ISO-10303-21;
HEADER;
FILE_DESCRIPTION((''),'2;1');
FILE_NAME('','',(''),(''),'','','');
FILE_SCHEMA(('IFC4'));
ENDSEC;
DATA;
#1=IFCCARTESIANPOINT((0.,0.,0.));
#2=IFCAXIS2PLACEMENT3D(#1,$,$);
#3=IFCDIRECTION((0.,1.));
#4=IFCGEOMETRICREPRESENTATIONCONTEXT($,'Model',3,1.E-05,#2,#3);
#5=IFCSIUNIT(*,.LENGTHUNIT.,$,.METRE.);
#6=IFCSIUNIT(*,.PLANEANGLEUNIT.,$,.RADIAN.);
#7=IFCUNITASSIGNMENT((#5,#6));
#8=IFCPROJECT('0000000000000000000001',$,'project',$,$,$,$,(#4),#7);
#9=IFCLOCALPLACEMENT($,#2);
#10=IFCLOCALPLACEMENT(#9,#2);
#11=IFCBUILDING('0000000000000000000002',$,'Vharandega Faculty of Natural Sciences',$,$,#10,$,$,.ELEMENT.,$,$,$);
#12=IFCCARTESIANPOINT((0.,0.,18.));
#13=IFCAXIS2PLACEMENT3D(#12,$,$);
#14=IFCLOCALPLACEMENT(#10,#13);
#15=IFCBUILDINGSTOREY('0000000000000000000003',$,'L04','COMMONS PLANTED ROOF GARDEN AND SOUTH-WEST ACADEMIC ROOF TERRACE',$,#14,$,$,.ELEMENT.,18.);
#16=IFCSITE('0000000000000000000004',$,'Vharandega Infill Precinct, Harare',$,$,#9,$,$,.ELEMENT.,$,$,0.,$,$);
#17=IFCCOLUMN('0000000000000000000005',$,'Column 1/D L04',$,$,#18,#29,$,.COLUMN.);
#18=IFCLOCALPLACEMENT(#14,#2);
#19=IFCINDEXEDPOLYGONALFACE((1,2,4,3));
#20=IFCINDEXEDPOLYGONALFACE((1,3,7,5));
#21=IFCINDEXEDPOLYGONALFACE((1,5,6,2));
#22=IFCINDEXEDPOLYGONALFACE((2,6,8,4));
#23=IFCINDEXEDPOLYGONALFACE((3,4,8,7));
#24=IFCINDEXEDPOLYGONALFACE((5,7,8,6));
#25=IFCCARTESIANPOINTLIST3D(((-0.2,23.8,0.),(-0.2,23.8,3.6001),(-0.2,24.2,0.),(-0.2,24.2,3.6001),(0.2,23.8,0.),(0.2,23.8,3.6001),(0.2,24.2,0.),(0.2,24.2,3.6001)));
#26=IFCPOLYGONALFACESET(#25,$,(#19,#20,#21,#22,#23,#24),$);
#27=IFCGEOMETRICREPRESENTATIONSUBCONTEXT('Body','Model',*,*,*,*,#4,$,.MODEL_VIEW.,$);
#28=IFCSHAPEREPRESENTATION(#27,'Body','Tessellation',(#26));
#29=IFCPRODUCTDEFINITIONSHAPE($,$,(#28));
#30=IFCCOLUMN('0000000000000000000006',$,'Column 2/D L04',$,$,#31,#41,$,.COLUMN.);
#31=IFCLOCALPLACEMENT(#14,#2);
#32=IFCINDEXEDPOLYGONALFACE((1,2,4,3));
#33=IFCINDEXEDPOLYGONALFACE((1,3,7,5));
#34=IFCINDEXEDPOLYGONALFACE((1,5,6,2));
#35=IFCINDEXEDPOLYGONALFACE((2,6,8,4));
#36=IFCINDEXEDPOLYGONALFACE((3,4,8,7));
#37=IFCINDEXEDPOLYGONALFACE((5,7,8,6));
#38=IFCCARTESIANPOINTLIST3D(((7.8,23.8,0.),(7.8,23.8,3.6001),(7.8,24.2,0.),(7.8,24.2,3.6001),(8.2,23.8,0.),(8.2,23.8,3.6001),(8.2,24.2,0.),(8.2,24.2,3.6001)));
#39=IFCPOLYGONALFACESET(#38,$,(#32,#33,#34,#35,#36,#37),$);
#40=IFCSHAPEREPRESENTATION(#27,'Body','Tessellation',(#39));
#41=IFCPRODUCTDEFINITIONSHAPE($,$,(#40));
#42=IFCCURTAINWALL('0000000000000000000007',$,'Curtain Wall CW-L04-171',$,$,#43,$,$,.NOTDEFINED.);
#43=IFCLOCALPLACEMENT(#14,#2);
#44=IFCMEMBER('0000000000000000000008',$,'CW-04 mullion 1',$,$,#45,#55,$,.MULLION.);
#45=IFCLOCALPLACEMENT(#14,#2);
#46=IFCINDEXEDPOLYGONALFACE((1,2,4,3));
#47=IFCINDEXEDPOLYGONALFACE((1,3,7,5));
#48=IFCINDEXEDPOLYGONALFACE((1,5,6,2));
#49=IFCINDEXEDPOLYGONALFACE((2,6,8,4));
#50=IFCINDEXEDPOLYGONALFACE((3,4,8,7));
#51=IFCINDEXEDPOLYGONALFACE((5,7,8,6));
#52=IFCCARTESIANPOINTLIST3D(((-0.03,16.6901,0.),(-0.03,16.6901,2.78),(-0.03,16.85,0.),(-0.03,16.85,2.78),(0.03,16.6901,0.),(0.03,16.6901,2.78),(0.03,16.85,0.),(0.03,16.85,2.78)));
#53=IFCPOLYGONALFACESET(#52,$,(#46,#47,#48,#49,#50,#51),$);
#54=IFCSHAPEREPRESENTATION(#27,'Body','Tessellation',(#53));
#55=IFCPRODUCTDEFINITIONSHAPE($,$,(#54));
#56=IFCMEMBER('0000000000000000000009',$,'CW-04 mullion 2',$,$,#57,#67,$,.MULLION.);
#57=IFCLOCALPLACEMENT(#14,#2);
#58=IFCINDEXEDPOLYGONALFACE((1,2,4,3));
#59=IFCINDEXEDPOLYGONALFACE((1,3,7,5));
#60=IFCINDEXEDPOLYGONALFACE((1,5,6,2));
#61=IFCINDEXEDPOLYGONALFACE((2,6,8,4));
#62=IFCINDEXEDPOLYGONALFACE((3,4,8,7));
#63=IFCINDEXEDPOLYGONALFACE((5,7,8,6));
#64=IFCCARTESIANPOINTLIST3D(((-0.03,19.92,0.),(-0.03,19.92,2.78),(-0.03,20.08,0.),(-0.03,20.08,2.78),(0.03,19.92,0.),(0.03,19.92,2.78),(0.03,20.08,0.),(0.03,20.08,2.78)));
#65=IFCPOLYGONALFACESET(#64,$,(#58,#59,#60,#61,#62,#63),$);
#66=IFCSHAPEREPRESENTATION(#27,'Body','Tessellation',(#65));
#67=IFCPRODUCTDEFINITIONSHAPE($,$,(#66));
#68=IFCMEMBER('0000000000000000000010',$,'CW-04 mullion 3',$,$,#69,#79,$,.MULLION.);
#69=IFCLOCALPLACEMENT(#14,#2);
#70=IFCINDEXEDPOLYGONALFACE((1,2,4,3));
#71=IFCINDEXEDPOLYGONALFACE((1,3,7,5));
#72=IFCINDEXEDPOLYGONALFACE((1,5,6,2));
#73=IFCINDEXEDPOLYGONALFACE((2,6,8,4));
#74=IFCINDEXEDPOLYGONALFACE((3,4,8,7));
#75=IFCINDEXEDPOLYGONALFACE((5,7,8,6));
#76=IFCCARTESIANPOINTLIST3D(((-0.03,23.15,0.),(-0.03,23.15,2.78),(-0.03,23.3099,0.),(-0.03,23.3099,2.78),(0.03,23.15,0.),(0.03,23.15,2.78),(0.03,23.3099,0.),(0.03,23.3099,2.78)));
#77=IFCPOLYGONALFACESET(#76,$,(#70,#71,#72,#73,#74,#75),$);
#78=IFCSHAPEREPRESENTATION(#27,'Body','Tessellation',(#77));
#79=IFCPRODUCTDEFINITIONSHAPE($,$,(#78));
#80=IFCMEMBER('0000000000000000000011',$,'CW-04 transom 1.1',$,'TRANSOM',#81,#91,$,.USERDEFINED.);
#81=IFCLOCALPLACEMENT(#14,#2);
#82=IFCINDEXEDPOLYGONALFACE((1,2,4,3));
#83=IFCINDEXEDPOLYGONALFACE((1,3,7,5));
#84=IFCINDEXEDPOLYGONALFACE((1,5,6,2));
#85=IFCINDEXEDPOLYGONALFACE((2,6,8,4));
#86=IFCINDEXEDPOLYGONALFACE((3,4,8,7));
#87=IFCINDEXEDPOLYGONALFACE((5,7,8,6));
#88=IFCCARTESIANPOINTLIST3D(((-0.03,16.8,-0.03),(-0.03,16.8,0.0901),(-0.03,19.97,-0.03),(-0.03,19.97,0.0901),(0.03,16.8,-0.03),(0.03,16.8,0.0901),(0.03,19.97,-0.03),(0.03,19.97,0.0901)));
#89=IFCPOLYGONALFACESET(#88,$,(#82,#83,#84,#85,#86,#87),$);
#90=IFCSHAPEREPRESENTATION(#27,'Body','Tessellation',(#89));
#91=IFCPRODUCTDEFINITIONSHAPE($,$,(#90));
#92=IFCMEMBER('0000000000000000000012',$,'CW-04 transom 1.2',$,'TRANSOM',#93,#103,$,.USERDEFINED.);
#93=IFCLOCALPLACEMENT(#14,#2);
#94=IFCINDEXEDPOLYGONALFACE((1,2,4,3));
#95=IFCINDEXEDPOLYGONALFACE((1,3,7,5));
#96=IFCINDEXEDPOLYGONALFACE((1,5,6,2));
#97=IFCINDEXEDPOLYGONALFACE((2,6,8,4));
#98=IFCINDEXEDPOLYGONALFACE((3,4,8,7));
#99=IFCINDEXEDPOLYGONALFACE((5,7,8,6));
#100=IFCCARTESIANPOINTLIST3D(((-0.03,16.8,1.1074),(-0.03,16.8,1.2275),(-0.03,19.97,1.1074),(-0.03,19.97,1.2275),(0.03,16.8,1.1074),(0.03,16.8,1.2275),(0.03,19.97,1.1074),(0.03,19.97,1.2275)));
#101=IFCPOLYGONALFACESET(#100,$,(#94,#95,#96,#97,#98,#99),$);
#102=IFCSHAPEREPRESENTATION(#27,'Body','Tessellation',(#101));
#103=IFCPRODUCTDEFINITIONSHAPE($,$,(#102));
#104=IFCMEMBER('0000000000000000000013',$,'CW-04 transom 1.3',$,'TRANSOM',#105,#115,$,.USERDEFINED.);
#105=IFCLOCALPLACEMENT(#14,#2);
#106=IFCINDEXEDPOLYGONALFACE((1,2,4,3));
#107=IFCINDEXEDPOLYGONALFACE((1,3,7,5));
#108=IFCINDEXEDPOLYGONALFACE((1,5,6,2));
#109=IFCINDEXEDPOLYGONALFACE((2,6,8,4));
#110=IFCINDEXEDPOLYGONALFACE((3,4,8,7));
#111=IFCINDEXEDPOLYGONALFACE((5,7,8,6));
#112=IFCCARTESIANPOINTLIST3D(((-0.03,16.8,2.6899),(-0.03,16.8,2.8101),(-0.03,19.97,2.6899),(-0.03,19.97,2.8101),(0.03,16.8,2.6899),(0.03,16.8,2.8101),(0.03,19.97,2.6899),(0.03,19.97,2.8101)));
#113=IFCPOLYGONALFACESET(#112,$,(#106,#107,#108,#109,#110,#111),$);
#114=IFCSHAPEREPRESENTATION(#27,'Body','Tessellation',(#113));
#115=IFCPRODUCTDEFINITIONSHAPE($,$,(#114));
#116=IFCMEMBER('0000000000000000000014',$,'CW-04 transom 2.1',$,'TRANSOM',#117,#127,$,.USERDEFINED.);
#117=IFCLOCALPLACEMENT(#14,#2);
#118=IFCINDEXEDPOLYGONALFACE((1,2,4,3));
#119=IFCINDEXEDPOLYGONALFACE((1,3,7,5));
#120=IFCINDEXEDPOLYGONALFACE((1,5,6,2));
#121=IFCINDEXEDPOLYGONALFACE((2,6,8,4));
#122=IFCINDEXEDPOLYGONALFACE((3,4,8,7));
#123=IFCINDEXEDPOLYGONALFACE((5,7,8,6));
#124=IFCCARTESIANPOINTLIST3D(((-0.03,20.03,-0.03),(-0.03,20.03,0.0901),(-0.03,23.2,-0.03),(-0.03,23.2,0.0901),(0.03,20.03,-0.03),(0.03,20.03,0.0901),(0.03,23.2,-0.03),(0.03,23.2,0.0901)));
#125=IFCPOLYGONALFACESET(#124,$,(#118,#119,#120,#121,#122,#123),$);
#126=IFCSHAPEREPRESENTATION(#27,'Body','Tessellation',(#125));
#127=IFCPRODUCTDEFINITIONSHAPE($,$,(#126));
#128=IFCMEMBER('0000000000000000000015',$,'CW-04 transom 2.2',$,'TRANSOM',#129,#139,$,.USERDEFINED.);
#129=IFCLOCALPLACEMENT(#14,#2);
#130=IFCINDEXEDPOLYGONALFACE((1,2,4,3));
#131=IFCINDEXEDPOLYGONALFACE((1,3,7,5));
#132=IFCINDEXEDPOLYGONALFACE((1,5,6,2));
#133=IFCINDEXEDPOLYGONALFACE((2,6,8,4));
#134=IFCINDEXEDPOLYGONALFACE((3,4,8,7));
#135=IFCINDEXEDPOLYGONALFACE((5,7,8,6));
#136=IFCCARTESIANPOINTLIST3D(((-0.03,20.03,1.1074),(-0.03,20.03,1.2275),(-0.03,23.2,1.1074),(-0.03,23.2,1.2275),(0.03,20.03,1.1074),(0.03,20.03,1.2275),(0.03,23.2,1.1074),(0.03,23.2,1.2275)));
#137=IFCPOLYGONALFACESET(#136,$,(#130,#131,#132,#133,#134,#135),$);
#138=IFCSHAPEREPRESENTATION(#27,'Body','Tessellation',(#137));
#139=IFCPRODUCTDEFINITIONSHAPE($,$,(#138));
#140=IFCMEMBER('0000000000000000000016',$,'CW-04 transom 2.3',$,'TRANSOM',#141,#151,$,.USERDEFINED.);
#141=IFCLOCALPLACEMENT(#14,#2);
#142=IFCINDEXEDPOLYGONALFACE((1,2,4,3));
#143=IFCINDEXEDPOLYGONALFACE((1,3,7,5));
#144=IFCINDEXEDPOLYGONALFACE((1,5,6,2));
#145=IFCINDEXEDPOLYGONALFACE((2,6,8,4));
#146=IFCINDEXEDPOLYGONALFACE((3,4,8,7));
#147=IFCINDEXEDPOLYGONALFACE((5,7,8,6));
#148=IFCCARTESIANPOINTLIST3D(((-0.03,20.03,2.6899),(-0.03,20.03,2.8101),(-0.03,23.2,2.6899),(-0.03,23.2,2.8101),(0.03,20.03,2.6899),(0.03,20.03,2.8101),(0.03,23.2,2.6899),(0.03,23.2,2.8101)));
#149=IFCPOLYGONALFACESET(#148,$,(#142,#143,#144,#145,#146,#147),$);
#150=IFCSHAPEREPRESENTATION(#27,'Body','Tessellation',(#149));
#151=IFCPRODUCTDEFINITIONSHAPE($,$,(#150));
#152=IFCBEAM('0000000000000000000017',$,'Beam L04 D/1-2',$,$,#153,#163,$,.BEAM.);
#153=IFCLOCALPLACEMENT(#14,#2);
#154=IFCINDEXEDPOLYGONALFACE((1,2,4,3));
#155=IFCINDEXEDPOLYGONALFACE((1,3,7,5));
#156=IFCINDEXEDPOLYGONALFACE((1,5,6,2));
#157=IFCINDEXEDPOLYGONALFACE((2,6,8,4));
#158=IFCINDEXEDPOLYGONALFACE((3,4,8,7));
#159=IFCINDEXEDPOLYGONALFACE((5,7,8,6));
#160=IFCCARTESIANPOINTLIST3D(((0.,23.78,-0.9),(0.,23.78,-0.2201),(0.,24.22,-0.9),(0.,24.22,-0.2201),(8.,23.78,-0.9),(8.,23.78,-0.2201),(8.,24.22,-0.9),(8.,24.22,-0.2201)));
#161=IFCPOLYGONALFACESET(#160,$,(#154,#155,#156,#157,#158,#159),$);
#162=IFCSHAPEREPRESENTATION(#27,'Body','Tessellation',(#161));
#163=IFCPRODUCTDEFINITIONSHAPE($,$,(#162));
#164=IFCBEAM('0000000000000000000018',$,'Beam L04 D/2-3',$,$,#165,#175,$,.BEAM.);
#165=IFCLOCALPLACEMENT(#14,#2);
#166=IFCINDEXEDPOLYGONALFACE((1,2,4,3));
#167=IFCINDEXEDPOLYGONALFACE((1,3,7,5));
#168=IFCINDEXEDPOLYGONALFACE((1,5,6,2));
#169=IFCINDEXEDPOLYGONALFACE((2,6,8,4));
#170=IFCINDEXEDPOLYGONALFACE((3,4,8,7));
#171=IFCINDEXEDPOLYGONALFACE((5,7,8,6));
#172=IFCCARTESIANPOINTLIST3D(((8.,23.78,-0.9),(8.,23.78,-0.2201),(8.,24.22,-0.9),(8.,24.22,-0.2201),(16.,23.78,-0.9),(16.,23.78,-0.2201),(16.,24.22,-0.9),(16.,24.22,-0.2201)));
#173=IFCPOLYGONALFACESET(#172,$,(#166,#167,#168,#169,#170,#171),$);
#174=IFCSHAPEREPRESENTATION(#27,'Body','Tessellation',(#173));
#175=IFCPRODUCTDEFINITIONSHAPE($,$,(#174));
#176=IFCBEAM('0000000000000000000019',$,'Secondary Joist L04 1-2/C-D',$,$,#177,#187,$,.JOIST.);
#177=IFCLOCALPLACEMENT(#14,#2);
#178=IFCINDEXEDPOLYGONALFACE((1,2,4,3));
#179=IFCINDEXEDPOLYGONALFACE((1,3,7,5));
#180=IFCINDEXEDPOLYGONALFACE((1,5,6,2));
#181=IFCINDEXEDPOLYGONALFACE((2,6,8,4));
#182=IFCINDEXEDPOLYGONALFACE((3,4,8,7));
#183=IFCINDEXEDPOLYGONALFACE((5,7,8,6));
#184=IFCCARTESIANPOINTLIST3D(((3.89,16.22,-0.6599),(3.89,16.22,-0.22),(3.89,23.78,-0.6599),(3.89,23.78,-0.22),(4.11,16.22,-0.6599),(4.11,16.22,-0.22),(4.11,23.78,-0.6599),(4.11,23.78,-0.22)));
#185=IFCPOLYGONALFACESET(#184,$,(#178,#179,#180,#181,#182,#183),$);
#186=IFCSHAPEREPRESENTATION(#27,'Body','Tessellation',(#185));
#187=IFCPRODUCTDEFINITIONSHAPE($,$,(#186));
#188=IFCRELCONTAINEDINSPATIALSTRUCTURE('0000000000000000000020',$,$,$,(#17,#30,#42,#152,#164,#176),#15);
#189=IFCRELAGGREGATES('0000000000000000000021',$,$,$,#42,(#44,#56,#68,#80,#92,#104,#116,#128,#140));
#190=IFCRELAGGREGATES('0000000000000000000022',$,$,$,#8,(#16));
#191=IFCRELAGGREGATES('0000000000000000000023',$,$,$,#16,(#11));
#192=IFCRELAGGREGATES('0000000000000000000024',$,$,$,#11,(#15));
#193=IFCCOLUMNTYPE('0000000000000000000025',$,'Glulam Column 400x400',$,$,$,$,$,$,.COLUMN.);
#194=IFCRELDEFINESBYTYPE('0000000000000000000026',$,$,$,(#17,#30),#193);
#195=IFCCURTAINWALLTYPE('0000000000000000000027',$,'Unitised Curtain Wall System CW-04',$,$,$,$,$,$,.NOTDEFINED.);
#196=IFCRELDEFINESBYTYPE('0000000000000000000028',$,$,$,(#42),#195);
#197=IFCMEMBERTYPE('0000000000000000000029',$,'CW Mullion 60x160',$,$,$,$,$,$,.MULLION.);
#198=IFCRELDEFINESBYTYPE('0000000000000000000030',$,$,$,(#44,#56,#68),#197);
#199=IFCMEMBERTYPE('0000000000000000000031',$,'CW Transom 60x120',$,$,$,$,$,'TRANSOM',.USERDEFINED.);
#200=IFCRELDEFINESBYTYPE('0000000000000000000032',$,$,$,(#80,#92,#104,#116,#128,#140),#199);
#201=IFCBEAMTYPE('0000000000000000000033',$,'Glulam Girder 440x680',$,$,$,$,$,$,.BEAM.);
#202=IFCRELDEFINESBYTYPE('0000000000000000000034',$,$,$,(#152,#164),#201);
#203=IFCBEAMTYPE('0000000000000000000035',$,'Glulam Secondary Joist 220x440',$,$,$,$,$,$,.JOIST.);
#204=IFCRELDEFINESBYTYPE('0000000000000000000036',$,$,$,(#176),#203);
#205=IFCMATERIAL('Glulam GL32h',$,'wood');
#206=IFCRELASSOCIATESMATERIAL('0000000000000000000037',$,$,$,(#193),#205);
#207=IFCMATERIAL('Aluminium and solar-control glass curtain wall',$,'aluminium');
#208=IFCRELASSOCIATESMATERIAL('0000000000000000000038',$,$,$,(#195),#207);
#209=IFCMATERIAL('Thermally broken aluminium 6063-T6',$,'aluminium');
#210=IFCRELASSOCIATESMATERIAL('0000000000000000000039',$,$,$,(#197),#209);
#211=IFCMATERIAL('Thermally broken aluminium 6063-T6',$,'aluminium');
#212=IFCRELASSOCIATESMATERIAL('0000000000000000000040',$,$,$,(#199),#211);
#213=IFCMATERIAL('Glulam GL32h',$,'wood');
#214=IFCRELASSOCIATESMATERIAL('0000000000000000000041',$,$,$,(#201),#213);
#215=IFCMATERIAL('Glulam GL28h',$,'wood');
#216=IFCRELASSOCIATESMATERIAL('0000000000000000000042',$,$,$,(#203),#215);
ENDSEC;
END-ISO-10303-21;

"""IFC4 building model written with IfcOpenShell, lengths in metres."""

from ifc_helpers import new_model, si_unit, direction, frame, origin, origin_2d, place, context, subcontext, project, spatial, rectangle, extrude, material, material_profile, profile_set, type_object, element, aggregate, save


model = new_model("IFC4")

# Units and contexts
model_context = context("Model", 3, precision=1e-05, world=origin(), true_north=direction((0.0, 1.0)))
body_context = subcontext(model_context, "Body", "Model", "MODEL_VIEW")
ifc_project = project(units=[si_unit("LENGTHUNIT", "METRE"), si_unit("PLANEANGLEUNIT", "RADIAN")], contexts=[model_context])

# Site, building, storey
site_placement = place(None, origin())
site = spatial("IfcSite", under=ifc_project, at=site_placement, Name="Vharandega Infill Precinct, Harare", CompositionType="ELEMENT", RefElevation=0.0)
building_placement = place(site_placement, origin())
building = spatial("IfcBuilding", under=site, at=building_placement, Name="Vharandega Faculty of Natural Sciences", CompositionType="ELEMENT")
storey_placement = place(building_placement, frame((0.0, 0.0, 18.0)))
storey = spatial("IfcBuildingStorey", under=building, at=storey_placement, Name="L04", Description="COMMONS PLANTED ROOF GARDEN AND SOUTH-WEST ACADEMIC ROOF TERRACE", CompositionType="ELEMENT", Elevation=18.0)

# Columns
ifc_material_1 = material(Name="Glulam GL32h", Category="wood")
ifc_material_profile_1 = material_profile(ifc_material_1, rectangle(XDim=0.3999, YDim=0.3999, at=origin_2d()), Name="GL32h 400x400")
ifc_profile_set_1 = profile_set([ifc_material_profile_1], Name="Glulam GL32h")
column_type = type_object("IfcColumnType", Name="Glulam Column 400x400", PredefinedType="COLUMN", material=ifc_profile_set_1)
for number, where, z_axis, x_axis, name in (
    (1, (0.0, 24.0, 0.0), (0.0, 0.0, 1.0), (1.0, 0.0, 0.0), "Column 1/D L04"),
    (2, (8.0, 24.0, 0.0), (0.0, 0.0, 1.0), (1.0, 0.0, 0.0), "Column 2/D L04"),
):
    element("IfcColumn", number, at=place(storey_placement, frame(where, z_axis=z_axis, x_axis=x_axis)), inside=storey, type_object=column_type, Name=name, PredefinedType="COLUMN", context=body_context, shape_type="SweptSolid", body=[
        extrude(rectangle(XDim=0.3999, YDim=0.3999, at=origin_2d()), origin(), (0.0, 0.0, 1.0), 3.6001),
    ])

# Curtain wall, members
ifc_material_2 = material(Name="Aluminium and solar-control glass curtain wall", Category="aluminium")
curtain_wall_type = type_object("IfcCurtainWallType", Name="Unitised Curtain Wall System CW-04", PredefinedType="NOTDEFINED", material=ifc_material_2)
curtain_wall_placement = place(storey_placement, origin())
curtain_wall = element("IfcCurtainWall", 3, at=curtain_wall_placement, inside=storey, type_object=curtain_wall_type, Name="Curtain Wall CW-L04-171", PredefinedType="NOTDEFINED")
ifc_material_3 = material(Name="Thermally broken aluminium 6063-T6", Category="aluminium")
ifc_material_profile_2 = material_profile(ifc_material_3, rectangle(XDim=0.0601, YDim=0.1599, at=origin_2d()), Name="ALU 60x160")
ifc_profile_set_2 = profile_set([ifc_material_profile_2], Name="Thermally broken aluminium 6063-T6")
member_type_1 = type_object("IfcMemberType", Name="CW Mullion 60x160", PredefinedType="MULLION", material=ifc_profile_set_2)
member_1_placement = place(storey_placement, frame((0.0, 16.77, 0.0), z_axis=(0.0, 0.0, 1.0), x_axis=(-1.0, 0.0, 0.0)))
member_1 = element("IfcMember", 4, at=member_1_placement, type_object=member_type_1, Name="CW-04 mullion 1", PredefinedType="MULLION", context=body_context, shape_type="SweptSolid", body=[
    extrude(rectangle(XDim=0.0601, YDim=0.1599, at=origin_2d()), origin(), (0.0, 0.0, 1.0), 2.78),
])
member_2_placement = place(storey_placement, frame((0.0, 20.0, 0.0), z_axis=(0.0, 0.0, 1.0), x_axis=(-1.0, 0.0, 0.0)))
member_2 = element("IfcMember", 5, at=member_2_placement, type_object=member_type_1, Name="CW-04 mullion 2", PredefinedType="MULLION", context=body_context, shape_type="SweptSolid", body=[
    extrude(rectangle(XDim=0.0601, YDim=0.1599, at=origin_2d()), origin(), (0.0, 0.0, 1.0), 2.78),
])
member_3_placement = place(storey_placement, frame((0.0, 23.23, 0.0), z_axis=(0.0, 0.0, 1.0), x_axis=(-1.0, 0.0, 0.0)))
member_3 = element("IfcMember", 6, at=member_3_placement, type_object=member_type_1, Name="CW-04 mullion 3", PredefinedType="MULLION", context=body_context, shape_type="SweptSolid", body=[
    extrude(rectangle(XDim=0.0601, YDim=0.1599, at=origin_2d()), origin(), (0.0, 0.0, 1.0), 2.78),
])
ifc_material_4 = material(Name="Thermally broken aluminium 6063-T6", Category="aluminium")
ifc_material_profile_3 = material_profile(ifc_material_4, rectangle(XDim=0.0601, YDim=0.1201, at=origin_2d()), Name="ALU 60x120")
ifc_profile_set_3 = profile_set([ifc_material_profile_3], Name="Thermally broken aluminium 6063-T6")
member_type_2 = type_object("IfcMemberType", Name="CW Transom 60x120", ElementType="TRANSOM", PredefinedType="USERDEFINED", material=ifc_profile_set_3)
member_4_placement = place(storey_placement, frame((0.0, 16.8, 0.03), z_axis=(0.0, 1.0, 0.0), x_axis=(-1.0, 0.0, 0.0)))
member_4 = element("IfcMember", 7, at=member_4_placement, type_object=member_type_2, Name="CW-04 transom 1.1", ObjectType="TRANSOM", PredefinedType="USERDEFINED", context=body_context, shape_type="SweptSolid", body=[
    extrude(rectangle(XDim=0.0601, YDim=0.1201, at=origin_2d()), origin(), (0.0, 0.0, 1.0), 3.1699),
])
member_5_placement = place(storey_placement, frame((0.0, 16.8, 1.1675), z_axis=(0.0, 1.0, 0.0), x_axis=(-1.0, 0.0, 0.0)))
member_5 = element("IfcMember", 8, at=member_5_placement, type_object=member_type_2, Name="CW-04 transom 1.2", ObjectType="TRANSOM", PredefinedType="USERDEFINED", context=body_context, shape_type="SweptSolid", body=[
    extrude(rectangle(XDim=0.0601, YDim=0.1201, at=origin_2d()), origin(), (0.0, 0.0, 1.0), 3.1699),
])
member_6_placement = place(storey_placement, frame((0.0, 16.8, 2.75), z_axis=(0.0, 1.0, 0.0), x_axis=(-1.0, 0.0, 0.0)))
member_6 = element("IfcMember", 9, at=member_6_placement, type_object=member_type_2, Name="CW-04 transom 1.3", ObjectType="TRANSOM", PredefinedType="USERDEFINED", context=body_context, shape_type="SweptSolid", body=[
    extrude(rectangle(XDim=0.0601, YDim=0.1201, at=origin_2d()), origin(), (0.0, 0.0, 1.0), 3.1699),
])
member_7_placement = place(storey_placement, frame((0.0, 20.03, 0.03), z_axis=(0.0, 1.0, 0.0), x_axis=(-1.0, 0.0, 0.0)))
member_7 = element("IfcMember", 10, at=member_7_placement, type_object=member_type_2, Name="CW-04 transom 2.1", ObjectType="TRANSOM", PredefinedType="USERDEFINED", context=body_context, shape_type="SweptSolid", body=[
    extrude(rectangle(XDim=0.0601, YDim=0.1201, at=origin_2d()), origin(), (0.0, 0.0, 1.0), 3.1699),
])
member_8_placement = place(storey_placement, frame((0.0, 20.03, 1.1675), z_axis=(0.0, 1.0, 0.0), x_axis=(-1.0, 0.0, 0.0)))
member_8 = element("IfcMember", 11, at=member_8_placement, type_object=member_type_2, Name="CW-04 transom 2.2", ObjectType="TRANSOM", PredefinedType="USERDEFINED", context=body_context, shape_type="SweptSolid", body=[
    extrude(rectangle(XDim=0.0601, YDim=0.1201, at=origin_2d()), origin(), (0.0, 0.0, 1.0), 3.1699),
])
member_9_placement = place(storey_placement, frame((0.0, 20.03, 2.75), z_axis=(0.0, 1.0, 0.0), x_axis=(-1.0, 0.0, 0.0)))
member_9 = element("IfcMember", 12, at=member_9_placement, type_object=member_type_2, Name="CW-04 transom 2.3", ObjectType="TRANSOM", PredefinedType="USERDEFINED", context=body_context, shape_type="SweptSolid", body=[
    extrude(rectangle(XDim=0.0601, YDim=0.1201, at=origin_2d()), origin(), (0.0, 0.0, 1.0), 3.1699),
])

# Beams
ifc_material_5 = material(Name="Glulam GL32h", Category="wood")
ifc_material_profile_4 = material_profile(ifc_material_5, rectangle(XDim=0.4399, YDim=0.6799, at=origin_2d()), Name="GL32h 440x680")
ifc_profile_set_4 = profile_set([ifc_material_profile_4], Name="Glulam GL32h")
beam_type_1 = type_object("IfcBeamType", Name="Glulam Girder 440x680", PredefinedType="BEAM", material=ifc_profile_set_4)
for number, where, z_axis, x_axis, name in (
    (13, (0.0, 24.0, -0.5601), (1.0, 0.0, 0.0), (0.0, 1.0, 0.0), "Beam L04 D/1-2"),
    (14, (8.0, 24.0, -0.5601), (1.0, 0.0, 0.0), (0.0, 1.0, 0.0), "Beam L04 D/2-3"),
):
    element("IfcBeam", number, at=place(storey_placement, frame(where, z_axis=z_axis, x_axis=x_axis)), inside=storey, type_object=beam_type_1, Name=name, PredefinedType="BEAM", context=body_context, shape_type="SweptSolid", body=[
        extrude(rectangle(XDim=0.4399, YDim=0.6799, at=origin_2d()), origin(), (0.0, 0.0, 1.0), 8.0),
    ])
ifc_material_6 = material(Name="Glulam GL28h", Category="wood")
ifc_material_profile_5 = material_profile(ifc_material_6, rectangle(XDim=0.22, YDim=0.4399, at=origin_2d()), Name="GL28h 220x440")
ifc_profile_set_5 = profile_set([ifc_material_profile_5], Name="Glulam GL28h")
beam_type_2 = type_object("IfcBeamType", Name="Glulam Secondary Joist 220x440", PredefinedType="JOIST", material=ifc_profile_set_5)
beam_1_placement = place(storey_placement, frame((4.0, 16.22, -0.4399), z_axis=(0.0, 1.0, 0.0), x_axis=(-1.0, 0.0, 0.0)))
element("IfcBeam", 15, at=beam_1_placement, inside=storey, type_object=beam_type_2, Name="Secondary Joist L04 1-2/C-D", PredefinedType="JOIST", context=body_context, shape_type="SweptSolid", body=[
    extrude(rectangle(XDim=0.22, YDim=0.4399, at=origin_2d()), origin(), (0.0, 0.0, 1.0), 7.5601),
])

aggregate(curtain_wall, [member_1, member_2, member_3, member_4, member_5, member_6, member_7, member_8, member_9])

save(model, "model.ifc")
